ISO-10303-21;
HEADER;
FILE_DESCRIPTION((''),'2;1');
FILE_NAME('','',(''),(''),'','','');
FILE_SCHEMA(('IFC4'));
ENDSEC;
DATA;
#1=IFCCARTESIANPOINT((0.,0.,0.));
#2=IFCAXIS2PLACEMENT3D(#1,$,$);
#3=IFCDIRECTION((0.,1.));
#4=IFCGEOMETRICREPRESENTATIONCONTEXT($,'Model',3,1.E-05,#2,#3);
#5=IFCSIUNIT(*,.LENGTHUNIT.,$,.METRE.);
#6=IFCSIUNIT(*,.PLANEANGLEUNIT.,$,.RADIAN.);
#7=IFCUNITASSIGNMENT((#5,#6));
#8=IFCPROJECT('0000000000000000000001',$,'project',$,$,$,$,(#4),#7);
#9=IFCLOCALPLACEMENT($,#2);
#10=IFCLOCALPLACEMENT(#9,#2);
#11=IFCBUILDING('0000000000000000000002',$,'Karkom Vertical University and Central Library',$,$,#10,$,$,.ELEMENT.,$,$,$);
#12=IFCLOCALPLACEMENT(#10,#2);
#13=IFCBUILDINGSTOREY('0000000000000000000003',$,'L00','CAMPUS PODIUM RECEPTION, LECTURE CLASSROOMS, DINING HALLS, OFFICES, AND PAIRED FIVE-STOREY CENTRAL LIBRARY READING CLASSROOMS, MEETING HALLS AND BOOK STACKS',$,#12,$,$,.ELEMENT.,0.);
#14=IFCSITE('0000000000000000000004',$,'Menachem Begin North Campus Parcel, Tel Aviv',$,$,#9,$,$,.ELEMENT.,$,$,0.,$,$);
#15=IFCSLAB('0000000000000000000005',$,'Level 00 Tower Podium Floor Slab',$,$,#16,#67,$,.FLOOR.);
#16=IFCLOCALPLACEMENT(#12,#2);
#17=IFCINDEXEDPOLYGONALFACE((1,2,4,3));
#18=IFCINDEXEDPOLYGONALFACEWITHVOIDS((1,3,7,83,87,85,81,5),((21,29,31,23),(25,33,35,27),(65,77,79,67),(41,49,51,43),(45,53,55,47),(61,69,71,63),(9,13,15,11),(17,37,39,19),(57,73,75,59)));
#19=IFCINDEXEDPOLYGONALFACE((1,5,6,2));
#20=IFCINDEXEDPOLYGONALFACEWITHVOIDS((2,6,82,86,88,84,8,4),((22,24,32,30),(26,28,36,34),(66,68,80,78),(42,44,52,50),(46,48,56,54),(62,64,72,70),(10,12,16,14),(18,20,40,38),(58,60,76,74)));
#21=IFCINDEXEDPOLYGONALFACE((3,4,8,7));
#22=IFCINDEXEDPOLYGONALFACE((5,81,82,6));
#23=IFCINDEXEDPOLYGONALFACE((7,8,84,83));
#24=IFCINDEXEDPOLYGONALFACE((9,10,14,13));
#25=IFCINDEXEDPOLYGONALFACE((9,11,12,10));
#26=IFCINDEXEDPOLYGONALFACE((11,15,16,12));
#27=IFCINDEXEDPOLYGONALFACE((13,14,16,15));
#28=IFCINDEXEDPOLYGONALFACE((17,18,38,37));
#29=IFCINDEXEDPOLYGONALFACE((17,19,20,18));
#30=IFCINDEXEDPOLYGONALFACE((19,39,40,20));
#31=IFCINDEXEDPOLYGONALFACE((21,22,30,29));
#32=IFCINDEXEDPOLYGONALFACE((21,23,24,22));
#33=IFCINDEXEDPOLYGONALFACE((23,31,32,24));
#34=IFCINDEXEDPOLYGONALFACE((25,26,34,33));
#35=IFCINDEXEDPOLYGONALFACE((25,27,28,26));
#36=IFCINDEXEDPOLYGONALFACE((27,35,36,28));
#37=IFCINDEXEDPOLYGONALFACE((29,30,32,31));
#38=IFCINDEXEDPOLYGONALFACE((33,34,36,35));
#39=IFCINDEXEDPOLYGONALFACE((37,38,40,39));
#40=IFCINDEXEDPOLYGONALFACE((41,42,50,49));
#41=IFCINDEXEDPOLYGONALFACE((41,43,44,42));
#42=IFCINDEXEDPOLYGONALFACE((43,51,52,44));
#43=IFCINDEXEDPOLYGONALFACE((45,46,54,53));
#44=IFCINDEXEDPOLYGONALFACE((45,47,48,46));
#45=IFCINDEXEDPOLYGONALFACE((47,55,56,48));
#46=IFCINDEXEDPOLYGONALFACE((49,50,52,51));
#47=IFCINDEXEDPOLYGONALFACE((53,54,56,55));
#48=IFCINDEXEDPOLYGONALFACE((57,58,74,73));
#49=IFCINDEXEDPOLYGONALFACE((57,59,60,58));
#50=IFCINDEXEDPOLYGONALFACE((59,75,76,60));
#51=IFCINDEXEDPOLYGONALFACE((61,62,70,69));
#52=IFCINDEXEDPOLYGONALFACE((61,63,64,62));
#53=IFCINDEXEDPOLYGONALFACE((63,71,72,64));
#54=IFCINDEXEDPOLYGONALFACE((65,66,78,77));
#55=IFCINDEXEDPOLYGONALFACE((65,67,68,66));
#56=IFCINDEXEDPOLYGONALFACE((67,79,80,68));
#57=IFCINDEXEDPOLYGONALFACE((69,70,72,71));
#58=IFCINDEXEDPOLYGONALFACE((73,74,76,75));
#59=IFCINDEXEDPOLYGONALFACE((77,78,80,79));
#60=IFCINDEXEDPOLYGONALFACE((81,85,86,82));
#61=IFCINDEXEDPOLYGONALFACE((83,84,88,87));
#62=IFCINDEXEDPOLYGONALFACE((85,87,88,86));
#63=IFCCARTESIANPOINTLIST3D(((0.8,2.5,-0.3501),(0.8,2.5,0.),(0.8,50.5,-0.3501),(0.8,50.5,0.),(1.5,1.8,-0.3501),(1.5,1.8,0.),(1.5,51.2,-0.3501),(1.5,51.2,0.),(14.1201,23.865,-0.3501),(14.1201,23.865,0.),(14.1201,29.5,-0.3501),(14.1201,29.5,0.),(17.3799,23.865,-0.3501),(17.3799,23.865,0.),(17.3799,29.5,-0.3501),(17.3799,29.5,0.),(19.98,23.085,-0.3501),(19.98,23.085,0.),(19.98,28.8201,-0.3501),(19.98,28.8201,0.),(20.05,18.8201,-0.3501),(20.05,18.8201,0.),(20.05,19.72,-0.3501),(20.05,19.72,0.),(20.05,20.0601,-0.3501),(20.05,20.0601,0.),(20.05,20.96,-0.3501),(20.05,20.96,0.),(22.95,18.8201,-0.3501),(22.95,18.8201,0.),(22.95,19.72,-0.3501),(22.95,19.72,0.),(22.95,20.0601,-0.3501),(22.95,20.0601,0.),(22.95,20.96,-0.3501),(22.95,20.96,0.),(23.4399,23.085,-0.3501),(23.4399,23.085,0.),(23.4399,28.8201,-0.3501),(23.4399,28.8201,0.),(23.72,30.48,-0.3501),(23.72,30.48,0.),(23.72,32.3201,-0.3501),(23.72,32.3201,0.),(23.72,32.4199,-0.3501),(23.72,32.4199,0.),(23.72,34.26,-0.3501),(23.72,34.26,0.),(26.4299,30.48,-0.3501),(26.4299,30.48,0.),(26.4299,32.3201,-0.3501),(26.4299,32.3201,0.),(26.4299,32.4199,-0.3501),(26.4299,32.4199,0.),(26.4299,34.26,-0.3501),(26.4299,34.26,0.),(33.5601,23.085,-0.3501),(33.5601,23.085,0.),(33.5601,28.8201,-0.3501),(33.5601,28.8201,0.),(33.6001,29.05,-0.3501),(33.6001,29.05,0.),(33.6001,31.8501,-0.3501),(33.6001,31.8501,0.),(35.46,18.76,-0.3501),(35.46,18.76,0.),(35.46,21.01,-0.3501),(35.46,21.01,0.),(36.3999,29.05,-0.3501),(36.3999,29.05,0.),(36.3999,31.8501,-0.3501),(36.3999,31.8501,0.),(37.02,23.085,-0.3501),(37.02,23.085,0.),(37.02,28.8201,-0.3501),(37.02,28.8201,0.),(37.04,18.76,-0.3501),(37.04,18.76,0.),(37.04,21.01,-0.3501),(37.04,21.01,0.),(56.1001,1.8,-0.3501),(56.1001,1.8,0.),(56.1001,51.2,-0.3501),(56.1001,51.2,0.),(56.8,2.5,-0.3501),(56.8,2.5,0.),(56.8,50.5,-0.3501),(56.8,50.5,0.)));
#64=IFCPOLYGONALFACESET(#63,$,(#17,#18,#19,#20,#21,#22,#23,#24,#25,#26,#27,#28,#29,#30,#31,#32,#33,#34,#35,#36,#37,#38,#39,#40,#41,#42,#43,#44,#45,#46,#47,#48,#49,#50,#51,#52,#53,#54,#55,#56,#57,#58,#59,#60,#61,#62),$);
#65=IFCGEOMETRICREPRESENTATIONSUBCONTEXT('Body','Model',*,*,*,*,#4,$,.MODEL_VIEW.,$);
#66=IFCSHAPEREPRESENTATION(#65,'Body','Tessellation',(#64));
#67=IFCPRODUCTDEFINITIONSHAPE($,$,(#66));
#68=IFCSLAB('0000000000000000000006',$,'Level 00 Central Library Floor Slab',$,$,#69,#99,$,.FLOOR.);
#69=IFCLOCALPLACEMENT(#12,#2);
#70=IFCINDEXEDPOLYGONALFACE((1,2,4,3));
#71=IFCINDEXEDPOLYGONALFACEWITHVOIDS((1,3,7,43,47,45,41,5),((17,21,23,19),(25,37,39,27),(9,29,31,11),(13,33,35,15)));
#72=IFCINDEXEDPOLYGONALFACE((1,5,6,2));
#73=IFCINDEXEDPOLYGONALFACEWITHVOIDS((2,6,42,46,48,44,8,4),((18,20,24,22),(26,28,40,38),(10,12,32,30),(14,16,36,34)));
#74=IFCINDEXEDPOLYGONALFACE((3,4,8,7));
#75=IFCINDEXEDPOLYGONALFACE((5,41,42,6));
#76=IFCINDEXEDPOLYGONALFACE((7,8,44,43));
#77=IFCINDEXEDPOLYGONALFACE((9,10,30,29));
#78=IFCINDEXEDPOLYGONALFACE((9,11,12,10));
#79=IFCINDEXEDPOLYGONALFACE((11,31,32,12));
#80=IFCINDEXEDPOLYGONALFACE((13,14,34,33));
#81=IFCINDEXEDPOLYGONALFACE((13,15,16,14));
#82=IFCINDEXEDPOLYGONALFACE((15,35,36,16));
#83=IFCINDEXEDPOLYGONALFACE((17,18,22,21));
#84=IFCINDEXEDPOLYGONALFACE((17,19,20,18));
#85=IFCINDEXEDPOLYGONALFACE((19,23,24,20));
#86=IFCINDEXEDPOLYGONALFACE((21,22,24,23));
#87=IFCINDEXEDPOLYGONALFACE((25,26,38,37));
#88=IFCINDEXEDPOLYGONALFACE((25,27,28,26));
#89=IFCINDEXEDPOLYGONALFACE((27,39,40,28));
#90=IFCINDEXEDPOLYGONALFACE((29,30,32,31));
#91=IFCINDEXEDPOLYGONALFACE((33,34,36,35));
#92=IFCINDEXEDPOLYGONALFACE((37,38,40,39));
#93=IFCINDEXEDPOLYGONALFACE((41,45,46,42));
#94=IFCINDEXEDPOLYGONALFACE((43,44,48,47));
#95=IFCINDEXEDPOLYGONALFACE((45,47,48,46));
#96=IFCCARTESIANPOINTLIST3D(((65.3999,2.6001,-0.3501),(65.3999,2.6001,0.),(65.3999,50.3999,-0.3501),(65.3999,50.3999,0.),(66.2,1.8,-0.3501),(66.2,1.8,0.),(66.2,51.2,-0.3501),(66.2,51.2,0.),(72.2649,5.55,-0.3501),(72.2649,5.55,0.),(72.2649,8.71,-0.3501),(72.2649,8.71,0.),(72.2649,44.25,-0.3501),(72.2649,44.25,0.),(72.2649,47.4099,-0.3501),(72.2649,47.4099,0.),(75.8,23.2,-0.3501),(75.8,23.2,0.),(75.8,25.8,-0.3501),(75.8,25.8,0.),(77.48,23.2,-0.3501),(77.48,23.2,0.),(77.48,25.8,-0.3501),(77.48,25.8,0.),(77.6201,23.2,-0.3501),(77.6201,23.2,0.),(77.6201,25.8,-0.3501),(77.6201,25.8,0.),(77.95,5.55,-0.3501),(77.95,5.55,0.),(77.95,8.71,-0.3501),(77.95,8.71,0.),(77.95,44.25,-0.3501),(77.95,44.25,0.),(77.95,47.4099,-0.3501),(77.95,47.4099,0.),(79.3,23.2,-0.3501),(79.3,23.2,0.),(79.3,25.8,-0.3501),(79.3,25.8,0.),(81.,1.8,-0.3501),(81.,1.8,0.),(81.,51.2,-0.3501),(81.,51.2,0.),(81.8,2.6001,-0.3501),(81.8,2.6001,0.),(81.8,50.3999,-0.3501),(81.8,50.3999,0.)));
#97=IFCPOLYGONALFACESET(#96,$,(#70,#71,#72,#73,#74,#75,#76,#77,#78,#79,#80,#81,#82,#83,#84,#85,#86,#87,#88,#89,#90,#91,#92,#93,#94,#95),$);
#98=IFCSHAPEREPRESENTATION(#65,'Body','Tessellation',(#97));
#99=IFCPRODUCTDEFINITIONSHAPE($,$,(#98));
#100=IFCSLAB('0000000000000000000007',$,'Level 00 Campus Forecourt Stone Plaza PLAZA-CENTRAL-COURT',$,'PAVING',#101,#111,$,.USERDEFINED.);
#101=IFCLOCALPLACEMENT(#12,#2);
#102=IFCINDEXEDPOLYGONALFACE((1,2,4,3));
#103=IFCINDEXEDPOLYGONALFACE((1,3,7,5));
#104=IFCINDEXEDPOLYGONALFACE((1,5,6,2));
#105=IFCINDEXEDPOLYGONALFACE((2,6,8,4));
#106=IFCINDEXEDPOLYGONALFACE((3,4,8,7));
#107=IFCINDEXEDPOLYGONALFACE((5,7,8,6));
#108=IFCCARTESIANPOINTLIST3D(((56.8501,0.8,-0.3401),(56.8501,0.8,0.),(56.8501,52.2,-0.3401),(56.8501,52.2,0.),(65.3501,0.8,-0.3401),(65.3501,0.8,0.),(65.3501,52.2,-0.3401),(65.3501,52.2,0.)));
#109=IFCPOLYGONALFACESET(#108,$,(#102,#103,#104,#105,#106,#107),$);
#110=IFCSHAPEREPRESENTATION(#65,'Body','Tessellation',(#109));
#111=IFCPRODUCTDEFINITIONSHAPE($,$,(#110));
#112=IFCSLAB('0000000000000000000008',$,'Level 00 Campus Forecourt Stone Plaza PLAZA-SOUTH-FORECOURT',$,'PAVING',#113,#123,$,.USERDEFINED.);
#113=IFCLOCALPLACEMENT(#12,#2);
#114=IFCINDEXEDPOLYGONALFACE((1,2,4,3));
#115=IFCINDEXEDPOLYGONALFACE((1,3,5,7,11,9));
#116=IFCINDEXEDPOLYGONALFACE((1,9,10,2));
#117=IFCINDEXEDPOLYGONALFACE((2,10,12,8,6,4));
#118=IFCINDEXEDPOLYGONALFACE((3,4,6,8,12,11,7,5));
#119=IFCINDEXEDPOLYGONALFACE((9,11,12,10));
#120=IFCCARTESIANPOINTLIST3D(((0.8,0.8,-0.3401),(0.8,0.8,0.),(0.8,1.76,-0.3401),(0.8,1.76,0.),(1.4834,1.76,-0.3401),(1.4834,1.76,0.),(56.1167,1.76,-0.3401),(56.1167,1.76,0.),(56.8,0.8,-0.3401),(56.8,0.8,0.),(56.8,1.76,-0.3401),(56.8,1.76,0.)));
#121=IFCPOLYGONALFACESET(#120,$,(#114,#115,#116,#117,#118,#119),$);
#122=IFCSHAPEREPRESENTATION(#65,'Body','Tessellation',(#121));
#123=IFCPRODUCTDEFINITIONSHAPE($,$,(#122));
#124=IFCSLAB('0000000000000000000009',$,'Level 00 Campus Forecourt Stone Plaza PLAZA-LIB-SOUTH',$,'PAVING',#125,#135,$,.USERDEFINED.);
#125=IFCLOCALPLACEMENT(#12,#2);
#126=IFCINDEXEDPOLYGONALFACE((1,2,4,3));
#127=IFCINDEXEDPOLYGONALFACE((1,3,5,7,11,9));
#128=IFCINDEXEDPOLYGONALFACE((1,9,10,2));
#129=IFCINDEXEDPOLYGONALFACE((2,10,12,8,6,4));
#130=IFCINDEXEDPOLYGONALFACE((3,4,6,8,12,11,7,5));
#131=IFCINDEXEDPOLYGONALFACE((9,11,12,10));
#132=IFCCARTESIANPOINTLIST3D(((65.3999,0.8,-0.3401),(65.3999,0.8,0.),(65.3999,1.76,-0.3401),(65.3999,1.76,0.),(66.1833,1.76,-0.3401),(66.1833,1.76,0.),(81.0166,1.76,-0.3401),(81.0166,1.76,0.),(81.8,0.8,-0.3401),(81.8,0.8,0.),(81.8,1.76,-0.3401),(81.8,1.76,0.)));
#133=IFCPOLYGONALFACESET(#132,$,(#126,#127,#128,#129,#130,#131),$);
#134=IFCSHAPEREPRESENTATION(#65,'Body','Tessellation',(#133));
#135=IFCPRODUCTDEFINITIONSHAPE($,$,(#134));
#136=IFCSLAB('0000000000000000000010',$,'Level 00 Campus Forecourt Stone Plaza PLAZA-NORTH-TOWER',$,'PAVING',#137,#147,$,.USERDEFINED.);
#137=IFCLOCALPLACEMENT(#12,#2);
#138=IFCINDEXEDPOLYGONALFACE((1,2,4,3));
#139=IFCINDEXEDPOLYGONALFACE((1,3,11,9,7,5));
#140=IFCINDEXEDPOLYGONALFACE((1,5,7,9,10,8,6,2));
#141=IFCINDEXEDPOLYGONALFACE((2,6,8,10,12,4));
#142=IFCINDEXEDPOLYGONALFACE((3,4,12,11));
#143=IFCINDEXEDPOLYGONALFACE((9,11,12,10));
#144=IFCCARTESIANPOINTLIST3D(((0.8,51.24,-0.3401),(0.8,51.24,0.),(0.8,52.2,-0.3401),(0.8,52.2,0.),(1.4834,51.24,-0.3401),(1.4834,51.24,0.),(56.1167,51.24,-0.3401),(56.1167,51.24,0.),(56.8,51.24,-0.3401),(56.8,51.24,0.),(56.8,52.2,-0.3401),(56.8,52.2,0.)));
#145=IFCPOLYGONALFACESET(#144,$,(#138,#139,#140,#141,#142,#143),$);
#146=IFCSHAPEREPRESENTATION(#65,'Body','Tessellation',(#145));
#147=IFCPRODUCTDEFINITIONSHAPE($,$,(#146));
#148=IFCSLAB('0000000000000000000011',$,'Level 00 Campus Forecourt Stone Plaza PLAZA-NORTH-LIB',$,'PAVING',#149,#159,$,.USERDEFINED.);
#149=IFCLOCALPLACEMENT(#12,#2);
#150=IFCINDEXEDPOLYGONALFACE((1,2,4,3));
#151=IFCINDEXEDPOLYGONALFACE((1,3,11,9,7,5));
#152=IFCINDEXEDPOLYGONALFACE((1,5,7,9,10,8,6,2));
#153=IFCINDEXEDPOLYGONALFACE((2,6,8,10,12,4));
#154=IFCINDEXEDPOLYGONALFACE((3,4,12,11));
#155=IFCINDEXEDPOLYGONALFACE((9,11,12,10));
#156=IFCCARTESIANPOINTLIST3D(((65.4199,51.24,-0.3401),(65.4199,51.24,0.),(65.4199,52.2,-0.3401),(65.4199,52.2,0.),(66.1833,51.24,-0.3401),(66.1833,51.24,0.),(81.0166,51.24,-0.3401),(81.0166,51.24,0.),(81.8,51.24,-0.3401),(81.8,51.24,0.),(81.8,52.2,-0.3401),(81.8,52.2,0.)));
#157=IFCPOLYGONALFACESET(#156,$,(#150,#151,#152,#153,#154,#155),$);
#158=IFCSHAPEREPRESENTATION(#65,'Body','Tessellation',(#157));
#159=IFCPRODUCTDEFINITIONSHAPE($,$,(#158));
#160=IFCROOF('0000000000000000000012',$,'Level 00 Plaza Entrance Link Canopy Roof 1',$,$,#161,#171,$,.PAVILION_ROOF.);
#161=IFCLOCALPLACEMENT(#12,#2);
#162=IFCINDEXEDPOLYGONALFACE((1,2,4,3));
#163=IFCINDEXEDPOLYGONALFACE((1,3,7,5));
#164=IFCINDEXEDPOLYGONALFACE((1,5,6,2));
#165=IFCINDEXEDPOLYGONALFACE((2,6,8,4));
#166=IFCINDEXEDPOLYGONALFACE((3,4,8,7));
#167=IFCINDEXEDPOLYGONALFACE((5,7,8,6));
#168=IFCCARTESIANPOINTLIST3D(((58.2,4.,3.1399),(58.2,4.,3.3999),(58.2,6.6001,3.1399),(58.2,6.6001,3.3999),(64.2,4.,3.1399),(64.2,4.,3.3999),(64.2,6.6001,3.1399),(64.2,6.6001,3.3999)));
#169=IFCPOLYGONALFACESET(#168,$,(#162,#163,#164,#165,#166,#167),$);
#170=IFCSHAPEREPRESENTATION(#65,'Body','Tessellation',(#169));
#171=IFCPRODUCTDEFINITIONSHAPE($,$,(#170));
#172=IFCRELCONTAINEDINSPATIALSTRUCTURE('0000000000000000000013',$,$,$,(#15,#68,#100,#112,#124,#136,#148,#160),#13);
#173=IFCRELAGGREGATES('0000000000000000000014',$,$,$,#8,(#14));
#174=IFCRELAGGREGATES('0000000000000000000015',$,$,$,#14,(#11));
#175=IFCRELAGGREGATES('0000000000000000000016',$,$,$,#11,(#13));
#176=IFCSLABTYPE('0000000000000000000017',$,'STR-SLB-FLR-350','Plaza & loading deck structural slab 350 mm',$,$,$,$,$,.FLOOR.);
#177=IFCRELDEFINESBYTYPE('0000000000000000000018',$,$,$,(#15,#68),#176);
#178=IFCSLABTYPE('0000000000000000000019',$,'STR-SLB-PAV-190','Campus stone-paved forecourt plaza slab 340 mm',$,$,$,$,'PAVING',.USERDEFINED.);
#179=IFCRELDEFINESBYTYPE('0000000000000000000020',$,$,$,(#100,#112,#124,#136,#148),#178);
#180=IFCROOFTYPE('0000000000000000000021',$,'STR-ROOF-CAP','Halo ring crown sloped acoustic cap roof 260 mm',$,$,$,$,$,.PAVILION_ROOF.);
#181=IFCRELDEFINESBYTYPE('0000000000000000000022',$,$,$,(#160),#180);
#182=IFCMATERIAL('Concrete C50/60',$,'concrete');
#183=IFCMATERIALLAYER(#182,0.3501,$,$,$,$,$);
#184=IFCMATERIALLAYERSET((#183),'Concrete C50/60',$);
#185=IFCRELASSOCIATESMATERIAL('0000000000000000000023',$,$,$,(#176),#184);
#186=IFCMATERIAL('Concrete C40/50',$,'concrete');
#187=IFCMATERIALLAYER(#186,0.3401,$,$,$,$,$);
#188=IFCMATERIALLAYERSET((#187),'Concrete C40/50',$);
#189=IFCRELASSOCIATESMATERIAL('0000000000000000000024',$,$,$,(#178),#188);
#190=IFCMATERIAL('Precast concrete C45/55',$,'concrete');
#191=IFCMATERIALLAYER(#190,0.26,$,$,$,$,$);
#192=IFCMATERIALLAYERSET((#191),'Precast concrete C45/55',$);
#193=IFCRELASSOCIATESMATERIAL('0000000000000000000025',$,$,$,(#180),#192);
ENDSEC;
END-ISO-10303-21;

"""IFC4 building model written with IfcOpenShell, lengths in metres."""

from ifc_helpers import new_model, si_unit, direction, frame, origin, place, context, subcontext, project, spatial, polyline, outline, extrude, material, layer, layer_set, type_object, element, save


model = new_model("IFC4")

# Units and contexts
model_context = context("Model", 3, precision=1e-05, world=origin(), true_north=direction((0.0, 1.0)))
body_context = subcontext(model_context, "Body", "Model", "MODEL_VIEW")
ifc_project = project(units=[si_unit("LENGTHUNIT", "METRE"), si_unit("PLANEANGLEUNIT", "RADIAN")], contexts=[model_context])

# Site, building, storey
site_placement = place(None, origin())
site = spatial("IfcSite", under=ifc_project, at=site_placement, Name="Menachem Begin North Campus Parcel, Tel Aviv", CompositionType="ELEMENT", RefElevation=0.0)
building_placement = place(site_placement, origin())
building = spatial("IfcBuilding", under=site, at=building_placement, Name="Karkom Vertical University and Central Library", CompositionType="ELEMENT")
storey_placement = place(building_placement, origin())
storey = spatial("IfcBuildingStorey", under=building, at=storey_placement, Name="L00", Description="CAMPUS PODIUM RECEPTION, LECTURE CLASSROOMS, DINING HALLS, OFFICES, AND PAIRED FIVE-STOREY CENTRAL LIBRARY READING CLASSROOMS, MEETING HALLS AND BOOK STACKS", CompositionType="ELEMENT", Elevation=0.0)

# Slabs
ifc_material_1 = material(Name="Concrete C40/50", Category="concrete")
ifc_material_2 = material(Name="Concrete C50/60", Category="concrete")
ifc_layer_1 = layer(ifc_material_2, 0.3501)
ifc_layer_set_1 = layer_set([ifc_layer_1], Name="Concrete C50/60")
slab_type_1 = type_object("IfcSlabType", Name="STR-SLB-FLR-350", Description="Plaza & loading deck structural slab 350 mm", PredefinedType="FLOOR", material=ifc_layer_set_1)
slab_1_placement = place(storey_placement, frame((0.0, 0.0, -0.3501)))
element("IfcSlab", 1, at=slab_1_placement, inside=storey, type_object=slab_type_1, Name="Level 00 Tower Podium Floor Slab", PredefinedType="FLOOR", context=body_context, shape_type="SweptSolid", body=[
    extrude(outline(polyline([(1.5, 1.8), (56.1001, 1.8), (56.8, 2.5), (56.8, 50.5), (56.1001, 51.2), (1.5, 51.2), (0.8, 50.5), (0.8, 2.5), (1.5, 1.8)]), holes=[polyline([(19.98, 23.085), (23.4399, 23.085), (23.4399, 28.8201), (19.98, 28.8201), (19.98, 23.085)]), polyline([(33.5601, 23.085), (37.02, 23.085), (37.02, 28.8201), (33.5601, 28.8201), (33.5601, 23.085)]), polyline([(14.1201, 23.865), (17.3799, 23.865), (17.3799, 29.5), (14.1201, 29.5), (14.1201, 23.865)]), polyline([(23.72, 30.48), (26.4299, 30.48), (26.4299, 32.3201), (23.72, 32.3201), (23.72, 30.48)]), polyline([(23.72, 32.4199), (26.4299, 32.4199), (26.4299, 34.26), (23.72, 34.26), (23.72, 32.4199)]), polyline([(33.6001, 29.05), (36.3999, 29.05), (36.3999, 31.8501), (33.6001, 31.8501), (33.6001, 29.05)]), polyline([(20.05, 18.8201), (22.95, 18.8201), (22.95, 19.72), (20.05, 19.72), (20.05, 18.8201)]), polyline([(20.05, 20.0601), (22.95, 20.0601), (22.95, 20.96), (20.05, 20.96), (20.05, 20.0601)]), polyline([(35.46, 18.76), (37.04, 18.76), (37.04, 21.01), (35.46, 21.01), (35.46, 18.76)])]), origin(), (0.0, 0.0, 1.0), 0.3501),
])
slab_2_placement = place(storey_placement, frame((0.0, 0.0, -0.3501)))
element("IfcSlab", 2, at=slab_2_placement, inside=storey, type_object=slab_type_1, Name="Level 00 Central Library Floor Slab", PredefinedType="FLOOR", context=body_context, shape_type="SweptSolid", body=[
    extrude(outline(polyline([(66.2, 1.8), (81.0, 1.8), (81.8, 2.6001), (81.8, 50.3999), (81.0, 51.2), (66.2, 51.2), (65.3999, 50.3999), (65.3999, 2.6001), (66.2, 1.8)]), holes=[polyline([(72.2649, 5.55), (77.95, 5.55), (77.95, 8.71), (72.2649, 8.71), (72.2649, 5.55)]), polyline([(72.2649, 44.25), (77.95, 44.25), (77.95, 47.4099), (72.2649, 47.4099), (72.2649, 44.25)]), polyline([(75.8, 23.2), (77.48, 23.2), (77.48, 25.8), (75.8, 25.8), (75.8, 23.2)]), polyline([(77.6201, 23.2), (79.3, 23.2), (79.3, 25.8), (77.6201, 25.8), (77.6201, 23.2)])]), origin(), (0.0, 0.0, 1.0), 0.3501),
])
ifc_layer_2 = layer(ifc_material_1, 0.3401)
ifc_layer_set_2 = layer_set([ifc_layer_2], Name="Concrete C40/50")
slab_type_2 = type_object("IfcSlabType", Name="STR-SLB-PAV-190", Description="Campus stone-paved forecourt plaza slab 340 mm", ElementType="PAVING", PredefinedType="USERDEFINED", material=ifc_layer_set_2)
slab_3_placement = place(storey_placement, frame((0.0, 0.0, -0.3401)))
element("IfcSlab", 3, at=slab_3_placement, inside=storey, type_object=slab_type_2, Name="Level 00 Campus Forecourt Stone Plaza PLAZA-CENTRAL-COURT", ObjectType="PAVING", PredefinedType="USERDEFINED", context=body_context, shape_type="SweptSolid", body=[
    extrude(outline(polyline([(56.8501, 0.8), (56.8501, 52.2), (65.3501, 52.2), (65.3501, 0.8), (56.8501, 0.8)])), origin(), (0.0, 0.0, 1.0), 0.3401),
])
slab_4_placement = place(storey_placement, frame((0.0, 0.0, -0.3401)))
element("IfcSlab", 4, at=slab_4_placement, inside=storey, type_object=slab_type_2, Name="Level 00 Campus Forecourt Stone Plaza PLAZA-SOUTH-FORECOURT", ObjectType="PAVING", PredefinedType="USERDEFINED", context=body_context, shape_type="SweptSolid", body=[
    extrude(outline(polyline([(56.8, 1.76), (56.8, 0.8), (0.8, 0.8), (0.8, 1.76), (1.4834, 1.76), (56.1167, 1.76), (56.8, 1.76)])), origin(), (0.0, 0.0, 1.0), 0.3401),
])
slab_5_placement = place(storey_placement, frame((0.0, 0.0, -0.3401)))
element("IfcSlab", 5, at=slab_5_placement, inside=storey, type_object=slab_type_2, Name="Level 00 Campus Forecourt Stone Plaza PLAZA-LIB-SOUTH", ObjectType="PAVING", PredefinedType="USERDEFINED", context=body_context, shape_type="SweptSolid", body=[
    extrude(outline(polyline([(81.8, 1.76), (81.8, 0.8), (65.3999, 0.8), (65.3999, 1.76), (66.1833, 1.76), (81.0166, 1.76), (81.8, 1.76)])), origin(), (0.0, 0.0, 1.0), 0.3401),
])
slab_6_placement = place(storey_placement, frame((0.0, 0.0, -0.3401)))
element("IfcSlab", 6, at=slab_6_placement, inside=storey, type_object=slab_type_2, Name="Level 00 Campus Forecourt Stone Plaza PLAZA-NORTH-TOWER", ObjectType="PAVING", PredefinedType="USERDEFINED", context=body_context, shape_type="SweptSolid", body=[
    extrude(outline(polyline([(0.8, 51.24), (0.8, 52.2), (56.8, 52.2), (56.8, 51.24), (56.1167, 51.24), (1.4834, 51.24), (0.8, 51.24)])), origin(), (0.0, 0.0, 1.0), 0.3401),
])
slab_7_placement = place(storey_placement, frame((0.0, 0.0, -0.3401)))
element("IfcSlab", 7, at=slab_7_placement, inside=storey, type_object=slab_type_2, Name="Level 00 Campus Forecourt Stone Plaza PLAZA-NORTH-LIB", ObjectType="PAVING", PredefinedType="USERDEFINED", context=body_context, shape_type="SweptSolid", body=[
    extrude(outline(polyline([(65.4199, 51.24), (65.4199, 52.2), (81.8, 52.2), (81.8, 51.24), (81.0166, 51.24), (66.1833, 51.24), (65.4199, 51.24)])), origin(), (0.0, 0.0, 1.0), 0.3401),
])

# Roof
ifc_material_3 = material(Name="Precast concrete C45/55", Category="concrete")
ifc_layer_3 = layer(ifc_material_3, 0.26)
ifc_layer_set_3 = layer_set([ifc_layer_3], Name="Precast concrete C45/55")
roof_type = type_object("IfcRoofType", Name="STR-ROOF-CAP", Description="Halo ring crown sloped acoustic cap roof 260 mm", PredefinedType="PAVILION_ROOF", material=ifc_layer_set_3)
roof_1_placement = place(storey_placement, frame((0.0, 0.0, 3.1399)))
element("IfcRoof", 8, at=roof_1_placement, inside=storey, type_object=roof_type, Name="Level 00 Plaza Entrance Link Canopy Roof 1", PredefinedType="PAVILION_ROOF", context=body_context, shape_type="SweptSolid", body=[
    extrude(outline(polyline([(58.2, 4.0), (64.2, 4.0), (64.2, 6.6001), (58.2, 6.6001), (58.2, 4.0)])), origin(), (0.0, 0.0, 1.0), 0.26),
])

save(model, "model.ifc")
